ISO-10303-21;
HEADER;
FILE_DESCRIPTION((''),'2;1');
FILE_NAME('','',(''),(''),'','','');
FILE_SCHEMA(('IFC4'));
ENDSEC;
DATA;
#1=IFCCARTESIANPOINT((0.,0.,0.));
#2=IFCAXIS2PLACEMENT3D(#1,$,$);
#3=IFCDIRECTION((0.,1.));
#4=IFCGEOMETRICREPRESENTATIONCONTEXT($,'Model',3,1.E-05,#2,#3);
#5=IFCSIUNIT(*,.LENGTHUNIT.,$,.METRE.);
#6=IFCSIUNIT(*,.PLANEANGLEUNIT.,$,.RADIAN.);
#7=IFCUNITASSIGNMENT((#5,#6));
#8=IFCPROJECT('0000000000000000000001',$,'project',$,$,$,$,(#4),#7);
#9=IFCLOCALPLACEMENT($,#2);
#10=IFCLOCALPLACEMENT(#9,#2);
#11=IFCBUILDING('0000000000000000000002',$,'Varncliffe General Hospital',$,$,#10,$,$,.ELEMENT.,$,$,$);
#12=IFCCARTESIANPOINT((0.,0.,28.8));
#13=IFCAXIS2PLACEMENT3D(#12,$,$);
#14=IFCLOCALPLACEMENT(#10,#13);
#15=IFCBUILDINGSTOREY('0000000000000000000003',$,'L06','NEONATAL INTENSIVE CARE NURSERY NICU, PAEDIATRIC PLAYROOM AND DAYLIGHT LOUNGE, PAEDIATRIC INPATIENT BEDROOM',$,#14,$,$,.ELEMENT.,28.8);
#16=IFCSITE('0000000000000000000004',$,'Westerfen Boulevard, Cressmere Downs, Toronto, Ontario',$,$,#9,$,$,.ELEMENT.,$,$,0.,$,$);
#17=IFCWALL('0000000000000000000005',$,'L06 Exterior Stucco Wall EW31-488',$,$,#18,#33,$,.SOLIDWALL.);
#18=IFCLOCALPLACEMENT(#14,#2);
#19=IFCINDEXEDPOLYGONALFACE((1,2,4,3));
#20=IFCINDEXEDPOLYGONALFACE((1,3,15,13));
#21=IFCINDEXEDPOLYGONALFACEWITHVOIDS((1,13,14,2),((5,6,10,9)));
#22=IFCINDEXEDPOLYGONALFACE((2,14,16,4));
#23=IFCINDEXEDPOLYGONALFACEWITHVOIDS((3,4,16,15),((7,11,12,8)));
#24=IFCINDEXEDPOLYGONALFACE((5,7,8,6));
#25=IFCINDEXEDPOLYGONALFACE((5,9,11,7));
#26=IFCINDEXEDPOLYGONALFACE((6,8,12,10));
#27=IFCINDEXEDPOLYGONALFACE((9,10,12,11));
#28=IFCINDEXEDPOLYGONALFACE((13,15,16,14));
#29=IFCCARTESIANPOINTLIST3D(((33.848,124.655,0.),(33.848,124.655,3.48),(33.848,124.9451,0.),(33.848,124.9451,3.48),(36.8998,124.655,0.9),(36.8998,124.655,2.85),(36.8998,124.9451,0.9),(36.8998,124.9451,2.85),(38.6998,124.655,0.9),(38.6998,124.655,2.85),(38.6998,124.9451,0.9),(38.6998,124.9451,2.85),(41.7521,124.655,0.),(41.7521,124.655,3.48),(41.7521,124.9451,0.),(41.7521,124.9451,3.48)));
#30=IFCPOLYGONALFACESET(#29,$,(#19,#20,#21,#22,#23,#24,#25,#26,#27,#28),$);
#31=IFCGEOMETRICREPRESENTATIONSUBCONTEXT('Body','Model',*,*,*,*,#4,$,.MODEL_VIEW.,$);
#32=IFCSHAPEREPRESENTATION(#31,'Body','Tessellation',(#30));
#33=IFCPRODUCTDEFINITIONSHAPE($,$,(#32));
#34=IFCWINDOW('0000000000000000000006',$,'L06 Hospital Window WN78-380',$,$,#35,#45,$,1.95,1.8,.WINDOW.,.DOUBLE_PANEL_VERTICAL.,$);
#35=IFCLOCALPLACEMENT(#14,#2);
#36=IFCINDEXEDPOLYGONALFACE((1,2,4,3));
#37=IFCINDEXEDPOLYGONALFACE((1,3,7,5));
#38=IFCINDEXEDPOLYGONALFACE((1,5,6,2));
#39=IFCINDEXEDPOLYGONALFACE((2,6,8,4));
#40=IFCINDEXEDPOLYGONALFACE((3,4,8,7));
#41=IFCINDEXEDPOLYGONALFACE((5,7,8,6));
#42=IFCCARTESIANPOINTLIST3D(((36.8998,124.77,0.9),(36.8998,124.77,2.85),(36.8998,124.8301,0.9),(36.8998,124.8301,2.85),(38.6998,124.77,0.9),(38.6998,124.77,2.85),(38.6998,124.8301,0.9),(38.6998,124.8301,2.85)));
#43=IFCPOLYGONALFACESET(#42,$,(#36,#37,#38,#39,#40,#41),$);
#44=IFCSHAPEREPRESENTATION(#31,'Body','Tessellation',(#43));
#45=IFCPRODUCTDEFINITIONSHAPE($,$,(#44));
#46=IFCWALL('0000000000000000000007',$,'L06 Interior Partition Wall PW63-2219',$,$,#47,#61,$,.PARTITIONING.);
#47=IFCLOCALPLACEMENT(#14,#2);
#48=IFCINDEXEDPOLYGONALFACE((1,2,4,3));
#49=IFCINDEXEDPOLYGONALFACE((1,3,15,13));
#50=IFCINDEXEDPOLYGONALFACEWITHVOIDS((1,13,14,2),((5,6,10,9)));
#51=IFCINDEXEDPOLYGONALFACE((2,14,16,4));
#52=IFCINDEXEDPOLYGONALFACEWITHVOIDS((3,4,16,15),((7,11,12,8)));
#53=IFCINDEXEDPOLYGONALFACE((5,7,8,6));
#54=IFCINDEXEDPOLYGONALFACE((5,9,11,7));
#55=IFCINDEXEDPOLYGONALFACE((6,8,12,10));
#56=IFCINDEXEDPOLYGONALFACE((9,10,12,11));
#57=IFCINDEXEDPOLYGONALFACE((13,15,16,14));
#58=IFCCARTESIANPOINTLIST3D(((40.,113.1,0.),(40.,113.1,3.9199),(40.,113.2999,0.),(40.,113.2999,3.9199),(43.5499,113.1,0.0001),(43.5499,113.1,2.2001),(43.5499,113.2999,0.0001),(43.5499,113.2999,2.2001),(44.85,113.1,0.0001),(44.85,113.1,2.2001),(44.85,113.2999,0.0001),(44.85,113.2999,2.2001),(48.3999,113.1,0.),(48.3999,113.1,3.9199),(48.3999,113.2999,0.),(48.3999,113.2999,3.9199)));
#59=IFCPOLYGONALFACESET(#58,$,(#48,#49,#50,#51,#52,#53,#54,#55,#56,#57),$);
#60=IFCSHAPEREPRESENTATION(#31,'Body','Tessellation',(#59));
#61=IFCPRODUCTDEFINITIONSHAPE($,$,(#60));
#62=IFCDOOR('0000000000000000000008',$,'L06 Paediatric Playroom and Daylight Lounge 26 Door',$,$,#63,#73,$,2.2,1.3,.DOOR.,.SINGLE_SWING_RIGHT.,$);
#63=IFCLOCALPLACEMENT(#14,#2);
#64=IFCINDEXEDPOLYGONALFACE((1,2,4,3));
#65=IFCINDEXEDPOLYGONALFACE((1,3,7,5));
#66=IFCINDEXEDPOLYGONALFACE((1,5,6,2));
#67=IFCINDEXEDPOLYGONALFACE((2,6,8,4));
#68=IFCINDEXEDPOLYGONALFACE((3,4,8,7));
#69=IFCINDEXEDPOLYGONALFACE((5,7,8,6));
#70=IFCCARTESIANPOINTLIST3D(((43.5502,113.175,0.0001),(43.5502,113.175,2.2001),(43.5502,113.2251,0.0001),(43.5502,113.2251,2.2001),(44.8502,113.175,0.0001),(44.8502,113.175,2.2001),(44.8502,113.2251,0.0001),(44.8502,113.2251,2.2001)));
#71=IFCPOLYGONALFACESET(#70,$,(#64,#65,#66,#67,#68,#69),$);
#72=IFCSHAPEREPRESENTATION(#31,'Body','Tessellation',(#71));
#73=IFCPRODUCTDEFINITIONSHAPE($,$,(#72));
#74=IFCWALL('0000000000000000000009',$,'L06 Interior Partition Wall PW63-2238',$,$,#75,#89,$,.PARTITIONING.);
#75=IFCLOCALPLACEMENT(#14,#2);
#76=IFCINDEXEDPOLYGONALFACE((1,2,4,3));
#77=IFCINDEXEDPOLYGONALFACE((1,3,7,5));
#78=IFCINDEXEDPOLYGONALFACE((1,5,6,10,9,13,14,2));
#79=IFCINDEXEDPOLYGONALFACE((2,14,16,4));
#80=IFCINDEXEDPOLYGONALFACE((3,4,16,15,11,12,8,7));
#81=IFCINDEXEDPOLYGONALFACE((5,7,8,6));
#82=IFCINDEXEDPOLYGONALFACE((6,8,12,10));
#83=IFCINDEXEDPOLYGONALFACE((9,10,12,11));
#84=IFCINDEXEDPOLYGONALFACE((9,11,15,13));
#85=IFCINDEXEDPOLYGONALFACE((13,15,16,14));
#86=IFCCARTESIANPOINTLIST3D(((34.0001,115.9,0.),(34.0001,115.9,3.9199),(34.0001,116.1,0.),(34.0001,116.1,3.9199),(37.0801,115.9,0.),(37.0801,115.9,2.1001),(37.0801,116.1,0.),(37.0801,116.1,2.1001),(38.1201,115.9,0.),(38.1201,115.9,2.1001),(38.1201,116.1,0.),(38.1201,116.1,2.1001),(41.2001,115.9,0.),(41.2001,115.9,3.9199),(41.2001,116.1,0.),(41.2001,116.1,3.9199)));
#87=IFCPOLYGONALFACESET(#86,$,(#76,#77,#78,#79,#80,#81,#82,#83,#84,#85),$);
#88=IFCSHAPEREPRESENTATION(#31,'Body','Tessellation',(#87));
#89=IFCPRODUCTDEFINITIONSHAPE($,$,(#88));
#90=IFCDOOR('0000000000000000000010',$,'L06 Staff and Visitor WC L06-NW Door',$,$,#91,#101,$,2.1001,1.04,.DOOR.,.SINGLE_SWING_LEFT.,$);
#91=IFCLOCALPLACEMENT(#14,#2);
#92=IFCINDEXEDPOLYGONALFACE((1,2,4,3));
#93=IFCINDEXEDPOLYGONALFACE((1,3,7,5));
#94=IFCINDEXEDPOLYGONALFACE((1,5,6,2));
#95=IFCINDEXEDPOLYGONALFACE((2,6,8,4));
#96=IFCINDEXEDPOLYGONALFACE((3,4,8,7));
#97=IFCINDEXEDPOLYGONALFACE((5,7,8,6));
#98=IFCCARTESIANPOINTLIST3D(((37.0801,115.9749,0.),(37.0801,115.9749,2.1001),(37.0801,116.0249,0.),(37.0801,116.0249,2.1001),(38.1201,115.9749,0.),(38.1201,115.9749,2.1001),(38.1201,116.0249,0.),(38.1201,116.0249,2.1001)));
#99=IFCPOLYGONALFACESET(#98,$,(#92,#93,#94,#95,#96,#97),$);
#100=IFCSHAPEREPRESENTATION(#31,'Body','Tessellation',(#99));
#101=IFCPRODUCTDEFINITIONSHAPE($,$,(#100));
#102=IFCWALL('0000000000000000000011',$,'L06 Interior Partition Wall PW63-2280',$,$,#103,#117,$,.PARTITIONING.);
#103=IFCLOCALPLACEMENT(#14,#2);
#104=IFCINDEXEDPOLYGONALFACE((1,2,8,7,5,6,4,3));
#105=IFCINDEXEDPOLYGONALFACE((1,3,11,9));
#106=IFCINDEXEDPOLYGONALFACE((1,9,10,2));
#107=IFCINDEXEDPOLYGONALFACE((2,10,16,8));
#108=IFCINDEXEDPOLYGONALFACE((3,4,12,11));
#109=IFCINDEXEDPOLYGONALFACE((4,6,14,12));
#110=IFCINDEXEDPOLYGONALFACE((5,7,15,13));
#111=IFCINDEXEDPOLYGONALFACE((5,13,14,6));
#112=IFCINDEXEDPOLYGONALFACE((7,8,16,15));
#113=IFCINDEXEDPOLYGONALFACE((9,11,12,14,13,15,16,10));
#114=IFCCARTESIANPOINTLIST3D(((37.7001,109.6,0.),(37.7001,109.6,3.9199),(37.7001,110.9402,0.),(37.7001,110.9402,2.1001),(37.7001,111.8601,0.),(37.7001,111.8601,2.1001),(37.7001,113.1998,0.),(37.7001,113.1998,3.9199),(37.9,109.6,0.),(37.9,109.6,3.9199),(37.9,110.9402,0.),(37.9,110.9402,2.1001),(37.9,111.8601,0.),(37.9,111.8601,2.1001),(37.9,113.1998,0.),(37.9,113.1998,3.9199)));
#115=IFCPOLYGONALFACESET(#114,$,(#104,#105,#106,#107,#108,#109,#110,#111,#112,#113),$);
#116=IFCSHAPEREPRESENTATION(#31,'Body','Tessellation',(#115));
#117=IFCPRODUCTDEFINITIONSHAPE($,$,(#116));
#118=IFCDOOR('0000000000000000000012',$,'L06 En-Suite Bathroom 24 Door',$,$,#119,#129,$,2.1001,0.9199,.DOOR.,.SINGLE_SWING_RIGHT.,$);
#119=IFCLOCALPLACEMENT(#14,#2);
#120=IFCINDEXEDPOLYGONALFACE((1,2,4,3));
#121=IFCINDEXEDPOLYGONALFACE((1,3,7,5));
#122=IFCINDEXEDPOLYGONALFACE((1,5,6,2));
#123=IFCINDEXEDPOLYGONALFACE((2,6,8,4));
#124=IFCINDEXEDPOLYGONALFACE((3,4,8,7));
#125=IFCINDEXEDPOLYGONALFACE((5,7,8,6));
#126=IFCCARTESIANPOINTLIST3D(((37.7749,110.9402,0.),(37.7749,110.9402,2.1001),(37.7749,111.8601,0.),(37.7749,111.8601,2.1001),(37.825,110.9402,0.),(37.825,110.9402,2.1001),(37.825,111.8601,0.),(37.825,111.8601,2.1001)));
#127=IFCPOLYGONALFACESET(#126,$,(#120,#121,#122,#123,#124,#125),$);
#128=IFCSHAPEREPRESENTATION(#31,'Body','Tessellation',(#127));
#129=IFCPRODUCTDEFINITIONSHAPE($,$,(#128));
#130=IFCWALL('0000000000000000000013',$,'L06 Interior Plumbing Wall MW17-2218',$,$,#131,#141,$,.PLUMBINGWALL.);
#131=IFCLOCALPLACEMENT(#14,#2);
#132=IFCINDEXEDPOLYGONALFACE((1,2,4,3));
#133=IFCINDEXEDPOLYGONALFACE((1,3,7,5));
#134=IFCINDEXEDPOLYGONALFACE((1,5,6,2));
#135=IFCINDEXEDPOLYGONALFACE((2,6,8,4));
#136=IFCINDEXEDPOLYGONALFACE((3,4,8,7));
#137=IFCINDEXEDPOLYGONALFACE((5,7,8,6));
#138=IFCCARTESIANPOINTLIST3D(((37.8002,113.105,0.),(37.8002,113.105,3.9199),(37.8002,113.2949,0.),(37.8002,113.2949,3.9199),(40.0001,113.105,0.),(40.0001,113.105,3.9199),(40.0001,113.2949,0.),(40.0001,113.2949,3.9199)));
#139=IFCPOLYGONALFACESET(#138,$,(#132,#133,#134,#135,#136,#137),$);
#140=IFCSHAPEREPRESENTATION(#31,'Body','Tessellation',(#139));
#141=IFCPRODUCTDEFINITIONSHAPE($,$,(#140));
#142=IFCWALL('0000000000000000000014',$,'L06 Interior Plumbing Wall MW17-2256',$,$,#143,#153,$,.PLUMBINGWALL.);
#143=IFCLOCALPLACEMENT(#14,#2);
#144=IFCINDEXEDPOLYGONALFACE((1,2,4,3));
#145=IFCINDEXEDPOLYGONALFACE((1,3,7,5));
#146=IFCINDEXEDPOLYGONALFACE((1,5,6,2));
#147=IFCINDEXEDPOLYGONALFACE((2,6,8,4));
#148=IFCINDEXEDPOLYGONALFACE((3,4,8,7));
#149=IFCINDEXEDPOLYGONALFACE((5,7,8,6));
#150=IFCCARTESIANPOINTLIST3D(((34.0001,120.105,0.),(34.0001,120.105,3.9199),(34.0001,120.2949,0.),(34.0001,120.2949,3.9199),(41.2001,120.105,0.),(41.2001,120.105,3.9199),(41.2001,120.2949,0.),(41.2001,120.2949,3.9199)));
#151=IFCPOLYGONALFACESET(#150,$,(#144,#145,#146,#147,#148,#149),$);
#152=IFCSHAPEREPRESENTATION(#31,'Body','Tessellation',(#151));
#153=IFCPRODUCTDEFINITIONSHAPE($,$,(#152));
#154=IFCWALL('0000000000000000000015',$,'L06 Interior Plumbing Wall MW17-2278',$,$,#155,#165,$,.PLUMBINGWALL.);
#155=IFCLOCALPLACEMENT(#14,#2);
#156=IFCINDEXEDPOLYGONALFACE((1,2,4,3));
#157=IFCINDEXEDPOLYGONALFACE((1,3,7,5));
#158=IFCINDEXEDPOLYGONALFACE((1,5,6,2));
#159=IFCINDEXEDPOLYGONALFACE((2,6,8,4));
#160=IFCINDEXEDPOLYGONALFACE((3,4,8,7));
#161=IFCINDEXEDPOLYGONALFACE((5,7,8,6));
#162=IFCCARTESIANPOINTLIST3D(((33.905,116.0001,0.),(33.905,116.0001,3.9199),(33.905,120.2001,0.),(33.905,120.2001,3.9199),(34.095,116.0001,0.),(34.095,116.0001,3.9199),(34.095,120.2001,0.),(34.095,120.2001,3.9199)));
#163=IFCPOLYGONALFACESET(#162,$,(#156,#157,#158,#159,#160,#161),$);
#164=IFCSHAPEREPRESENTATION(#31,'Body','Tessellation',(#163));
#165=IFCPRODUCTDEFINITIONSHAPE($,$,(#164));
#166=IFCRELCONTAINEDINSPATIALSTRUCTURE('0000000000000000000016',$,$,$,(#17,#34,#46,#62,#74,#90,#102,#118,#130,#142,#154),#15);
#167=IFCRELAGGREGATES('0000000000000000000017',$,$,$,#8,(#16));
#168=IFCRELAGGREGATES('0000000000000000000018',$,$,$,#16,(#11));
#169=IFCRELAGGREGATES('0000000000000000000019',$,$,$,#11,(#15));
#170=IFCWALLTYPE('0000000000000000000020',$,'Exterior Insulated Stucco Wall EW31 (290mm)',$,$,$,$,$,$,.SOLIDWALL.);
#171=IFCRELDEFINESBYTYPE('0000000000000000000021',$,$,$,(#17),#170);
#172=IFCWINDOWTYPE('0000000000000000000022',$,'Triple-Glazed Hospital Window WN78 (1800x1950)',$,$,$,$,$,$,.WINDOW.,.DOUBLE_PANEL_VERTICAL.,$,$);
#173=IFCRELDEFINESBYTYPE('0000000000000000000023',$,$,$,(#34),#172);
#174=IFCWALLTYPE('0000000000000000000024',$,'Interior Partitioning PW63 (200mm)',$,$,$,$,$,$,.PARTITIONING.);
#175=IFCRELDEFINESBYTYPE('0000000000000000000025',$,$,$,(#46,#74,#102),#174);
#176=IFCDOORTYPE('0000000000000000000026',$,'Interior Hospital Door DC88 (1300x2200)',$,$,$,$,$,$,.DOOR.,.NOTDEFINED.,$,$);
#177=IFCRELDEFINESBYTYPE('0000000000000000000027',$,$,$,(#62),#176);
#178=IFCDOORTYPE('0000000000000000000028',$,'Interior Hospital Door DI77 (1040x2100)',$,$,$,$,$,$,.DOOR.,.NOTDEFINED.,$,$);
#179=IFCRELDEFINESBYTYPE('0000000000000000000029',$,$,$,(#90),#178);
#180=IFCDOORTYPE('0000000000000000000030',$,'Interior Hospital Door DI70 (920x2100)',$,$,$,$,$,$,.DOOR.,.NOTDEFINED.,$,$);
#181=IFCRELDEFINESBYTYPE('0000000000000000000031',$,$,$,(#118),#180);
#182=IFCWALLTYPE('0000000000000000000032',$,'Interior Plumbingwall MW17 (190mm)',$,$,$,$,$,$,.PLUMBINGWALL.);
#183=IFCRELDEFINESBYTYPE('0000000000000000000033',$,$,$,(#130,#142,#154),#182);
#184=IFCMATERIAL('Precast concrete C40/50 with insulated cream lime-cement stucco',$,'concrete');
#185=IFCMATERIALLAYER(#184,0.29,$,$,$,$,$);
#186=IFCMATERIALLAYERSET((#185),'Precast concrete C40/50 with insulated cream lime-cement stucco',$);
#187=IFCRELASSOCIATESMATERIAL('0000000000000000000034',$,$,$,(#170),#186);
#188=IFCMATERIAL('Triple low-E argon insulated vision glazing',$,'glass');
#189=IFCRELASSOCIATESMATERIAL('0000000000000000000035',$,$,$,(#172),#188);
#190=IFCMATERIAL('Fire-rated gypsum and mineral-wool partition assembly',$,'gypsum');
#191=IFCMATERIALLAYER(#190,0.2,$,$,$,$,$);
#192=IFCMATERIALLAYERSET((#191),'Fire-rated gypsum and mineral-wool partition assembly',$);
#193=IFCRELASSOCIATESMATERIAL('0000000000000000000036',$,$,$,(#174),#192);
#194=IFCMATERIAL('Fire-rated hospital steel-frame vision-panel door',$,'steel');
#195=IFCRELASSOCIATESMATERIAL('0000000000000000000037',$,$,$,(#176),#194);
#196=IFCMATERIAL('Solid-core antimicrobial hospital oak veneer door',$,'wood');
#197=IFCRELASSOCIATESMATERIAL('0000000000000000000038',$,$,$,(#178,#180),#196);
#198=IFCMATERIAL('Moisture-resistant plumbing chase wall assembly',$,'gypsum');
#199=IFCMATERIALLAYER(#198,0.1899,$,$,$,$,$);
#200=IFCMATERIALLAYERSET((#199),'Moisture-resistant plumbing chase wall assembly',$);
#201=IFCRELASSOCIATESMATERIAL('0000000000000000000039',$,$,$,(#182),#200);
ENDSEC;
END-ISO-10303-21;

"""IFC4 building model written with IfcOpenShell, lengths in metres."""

from ifc_helpers import new_model, si_unit, direction, frame, frame_2d, origin, place, context, subcontext, project, spatial, rectangle, extrude, material, layer, layer_set, type_object, element, fill, save


model = new_model("IFC4")

# Units and contexts
model_context = context("Model", 3, precision=1e-05, world=origin(), true_north=direction((0.0, 1.0)))
body_context = subcontext(model_context, "Body", "Model", "MODEL_VIEW")
ifc_project = project(units=[si_unit("LENGTHUNIT", "METRE"), si_unit("PLANEANGLEUNIT", "RADIAN")], contexts=[model_context])

# Site, building, storey
site_placement = place(None, origin())
site = spatial("IfcSite", under=ifc_project, at=site_placement, Name="Westerfen Boulevard, Cressmere Downs, Toronto, Ontario", CompositionType="ELEMENT", RefElevation=0.0)
building_placement = place(site_placement, origin())
building = spatial("IfcBuilding", under=site, at=building_placement, Name="Varncliffe General Hospital", CompositionType="ELEMENT")
storey_placement = place(building_placement, frame((0.0, 0.0, 28.8)))
storey = spatial("IfcBuildingStorey", under=building, at=storey_placement, Name="L06", Description="NEONATAL INTENSIVE CARE NURSERY NICU, PAEDIATRIC PLAYROOM AND DAYLIGHT LOUNGE, PAEDIATRIC INPATIENT BEDROOM", CompositionType="ELEMENT", Elevation=28.8)

# Wall, opening, window
ifc_material_1 = material(Name="Precast concrete C40/50 with insulated cream lime-cement stucco", Category="concrete")
ifc_material_2 = material(Name="Triple low-E argon insulated vision glazing", Category="glass")
ifc_layer_1 = layer(ifc_material_1, 0.29)
ifc_layer_set_1 = layer_set([ifc_layer_1], Name="Precast concrete C40/50 with insulated cream lime-cement stucco")
wall_type_1 = type_object("IfcWallType", Name="Exterior Insulated Stucco Wall EW31 (290mm)", PredefinedType="SOLIDWALL", material=ifc_layer_set_1)
wall_1_placement = place(storey_placement, frame((33.8479, 124.8, 0.0), z_axis=(0.0, 0.0, 1.0), x_axis=(1.0, 0.0, 0.0)))
wall_1 = element("IfcWall", 1, at=wall_1_placement, inside=storey, type_object=wall_type_1, Name="L06 Exterior Stucco Wall EW31-488", PredefinedType="SOLIDWALL", context=body_context, shape_type="SweptSolid", body=[
    extrude(rectangle(XDim=7.9041, YDim=0.29, at=frame_2d((3.9521, 0.0))), origin(), (0.0, 0.0, 1.0), 3.48),
])
opening_1_placement = place(wall_1_placement, frame((3.052, 0.0, 0.8999)))
opening_1 = element("IfcOpeningElement", 2, at=opening_1_placement, cuts=wall_1, PredefinedType="OPENING", context=body_context, shape_type="SweptSolid", body=[
    extrude(rectangle(XDim=1.8, YDim=1.95, at=frame_2d((0.8999, 0.9751))), frame((0.0, 0.155, 0.0), z_axis=(0.0, -1.0, 0.0), x_axis=(1.0, 0.0, 0.0)), (0.0, 0.0, 1.0), 0.3101),
])
window_type_1 = type_object("IfcWindowType", Name="Triple-Glazed Hospital Window WN78 (1800x1950)", PartitioningType="DOUBLE_PANEL_VERTICAL", PredefinedType="WINDOW", material=ifc_material_2)
window_1_placement = place(opening_1_placement, origin())
window_1 = element("IfcWindow", 3, at=window_1_placement, inside=storey, type_object=window_type_1, Name="L06 Hospital Window WN78-380", OverallHeight=1.95, OverallWidth=1.8, PartitioningType="DOUBLE_PANEL_VERTICAL", PredefinedType="WINDOW", context=body_context, shape_type="SweptSolid", body=[
    extrude(rectangle(XDim=1.8, YDim=1.95, at=frame_2d((0.8999, 0.9751))), frame((0.0, 0.03, 0.0), z_axis=(0.0, -1.0, 0.0), x_axis=(1.0, 0.0, 0.0)), (0.0, 0.0, 1.0), 0.0601),
])
fill(opening_1, window_1)

# Walls, openings, doors
ifc_material_3 = material(Name="Fire-rated gypsum and mineral-wool partition assembly", Category="gypsum")
ifc_layer_2 = layer(ifc_material_3, 0.2)
ifc_layer_set_2 = layer_set([ifc_layer_2], Name="Fire-rated gypsum and mineral-wool partition assembly")
wall_type_2 = type_object("IfcWallType", Name="Interior Partitioning PW63 (200mm)", PredefinedType="PARTITIONING", material=ifc_layer_set_2)
wall_2_placement = place(storey_placement, frame((40.0, 113.2, 0.0), z_axis=(0.0, 0.0, 1.0), x_axis=(1.0, 0.0, 0.0)))
wall_2 = element("IfcWall", 4, at=wall_2_placement, inside=storey, type_object=wall_type_2, Name="L06 Interior Partition Wall PW63-2219", PredefinedType="PARTITIONING", context=body_context, shape_type="SweptSolid", body=[
    extrude(rectangle(XDim=8.3999, YDim=0.2, at=frame_2d((4.2, 0.0))), origin(), (0.0, 0.0, 1.0), 3.9199),
])
opening_2_placement = place(wall_2_placement, frame((3.55, 0.0, 0.0)))
opening_2 = element("IfcOpeningElement", 5, at=opening_2_placement, cuts=wall_2, PredefinedType="OPENING", context=body_context, shape_type="SweptSolid", body=[
    extrude(rectangle(XDim=1.3, YDim=2.2, at=frame_2d((0.6499, 1.1001))), frame((0.0, 0.1099, 0.0), z_axis=(0.0, -1.0, 0.0), x_axis=(1.0, 0.0, 0.0)), (0.0, 0.0, 1.0), 0.22),
])
ifc_material_4 = material(Name="Fire-rated hospital steel-frame vision-panel door", Category="steel")
door_type_1 = type_object("IfcDoorType", Name="Interior Hospital Door DC88 (1300x2200)", OperationType="NOTDEFINED", PredefinedType="DOOR", material=ifc_material_4)
door_1_placement = place(opening_2_placement, frame((1.3, 0.0, 0.0), z_axis=(0.0, 0.0, 1.0), x_axis=(-1.0, 0.0, 0.0)))
door_1 = element("IfcDoor", 6, at=door_1_placement, inside=storey, type_object=door_type_1, Name="L06 Paediatric Playroom and Daylight Lounge 26 Door", OperationType="SINGLE_SWING_RIGHT", OverallHeight=2.2, OverallWidth=1.3, PredefinedType="DOOR", context=body_context, shape_type="SweptSolid", body=[
    extrude(rectangle(XDim=1.3, YDim=2.2, at=frame_2d((0.6499, 1.1001))), frame((0.0, 0.0249, 0.0), z_axis=(0.0, -1.0, 0.0), x_axis=(1.0, 0.0, 0.0)), (0.0, 0.0, 1.0), 0.05),
])
fill(opening_2, door_1)
wall_3_placement = place(storey_placement, frame((34.0, 116.0, 0.0), z_axis=(0.0, 0.0, 1.0), x_axis=(1.0, 0.0, 0.0)))
wall_3 = element("IfcWall", 7, at=wall_3_placement, inside=storey, type_object=wall_type_2, Name="L06 Interior Partition Wall PW63-2238", PredefinedType="PARTITIONING", context=body_context, shape_type="SweptSolid", body=[
    extrude(rectangle(XDim=7.2, YDim=0.2, at=frame_2d((3.6001, 0.0))), origin(), (0.0, 0.0, 1.0), 3.9199),
])
opening_3_placement = place(wall_3_placement, frame((3.0801, 0.0, 0.0)))
opening_3 = element("IfcOpeningElement", 8, at=opening_3_placement, cuts=wall_3, PredefinedType="OPENING", context=body_context, shape_type="SweptSolid", body=[
    extrude(rectangle(XDim=1.04, YDim=2.1001, at=frame_2d((0.52, 1.05))), frame((0.0, 0.1099, 0.0), z_axis=(0.0, -1.0, 0.0), x_axis=(1.0, 0.0, 0.0)), (0.0, 0.0, 1.0), 0.22),
])
ifc_material_5 = material(Name="Solid-core antimicrobial hospital oak veneer door", Category="wood")
door_type_2 = type_object("IfcDoorType", Name="Interior Hospital Door DI77 (1040x2100)", OperationType="NOTDEFINED", PredefinedType="DOOR", material=ifc_material_5)
door_2_placement = place(opening_3_placement, origin())
door_2 = element("IfcDoor", 9, at=door_2_placement, inside=storey, type_object=door_type_2, Name="L06 Staff and Visitor WC L06-NW Door", OperationType="SINGLE_SWING_LEFT", OverallHeight=2.1001, OverallWidth=1.04, PredefinedType="DOOR", context=body_context, shape_type="SweptSolid", body=[
    extrude(rectangle(XDim=1.04, YDim=2.1001, at=frame_2d((0.52, 1.05))), frame((0.0, 0.0249, 0.0), z_axis=(0.0, -1.0, 0.0), x_axis=(1.0, 0.0, 0.0)), (0.0, 0.0, 1.0), 0.05),
])
fill(opening_3, door_2)
wall_4_placement = place(storey_placement, frame((37.8, 109.6001, 0.0), z_axis=(0.0, 0.0, 1.0), x_axis=(0.0, 1.0, 0.0)))
wall_4 = element("IfcWall", 10, at=wall_4_placement, inside=storey, type_object=wall_type_2, Name="L06 Interior Partition Wall PW63-2280", PredefinedType="PARTITIONING", context=body_context, shape_type="SweptSolid", body=[
    extrude(rectangle(XDim=3.5999, YDim=0.2, at=frame_2d((1.7998, 0.0))), origin(), (0.0, 0.0, 1.0), 3.9199),
])
opening_4_placement = place(wall_4_placement, frame((1.3401, 0.0, 0.0)))
opening_4 = element("IfcOpeningElement", 11, at=opening_4_placement, cuts=wall_4, PredefinedType="OPENING", context=body_context, shape_type="SweptSolid", body=[
    extrude(rectangle(XDim=0.9199, YDim=2.1001, at=frame_2d((0.46, 1.05))), frame((0.0, 0.1099, 0.0), z_axis=(0.0, -1.0, 0.0), x_axis=(1.0, 0.0, 0.0)), (0.0, 0.0, 1.0), 0.22),
])
door_type_3 = type_object("IfcDoorType", Name="Interior Hospital Door DI70 (920x2100)", OperationType="NOTDEFINED", PredefinedType="DOOR", material=ifc_material_5)
door_3_placement = place(opening_4_placement, frame((0.9199, 0.0, 0.0), z_axis=(0.0, 0.0, 1.0), x_axis=(-1.0, 0.0, 0.0)))
door_3 = element("IfcDoor", 12, at=door_3_placement, inside=storey, type_object=door_type_3, Name="L06 En-Suite Bathroom 24 Door", OperationType="SINGLE_SWING_RIGHT", OverallHeight=2.1001, OverallWidth=0.9199, PredefinedType="DOOR", context=body_context, shape_type="SweptSolid", body=[
    extrude(rectangle(XDim=0.9199, YDim=2.1001, at=frame_2d((0.46, 1.05))), frame((0.0, 0.0249, 0.0), z_axis=(0.0, -1.0, 0.0), x_axis=(1.0, 0.0, 0.0)), (0.0, 0.0, 1.0), 0.05),
])
fill(opening_4, door_3)

# Walls
ifc_material_6 = material(Name="Moisture-resistant plumbing chase wall assembly", Category="gypsum")
ifc_layer_3 = layer(ifc_material_6, 0.1899)
ifc_layer_set_3 = layer_set([ifc_layer_3], Name="Moisture-resistant plumbing chase wall assembly")
wall_type_3 = type_object("IfcWallType", Name="Interior Plumbingwall MW17 (190mm)", PredefinedType="PLUMBINGWALL", material=ifc_layer_set_3)
wall_5_placement = place(storey_placement, frame((37.8, 113.2, 0.0), z_axis=(0.0, 0.0, 1.0), x_axis=(1.0, 0.0, 0.0)))
element("IfcWall", 13, at=wall_5_placement, inside=storey, type_object=wall_type_3, Name="L06 Interior Plumbing Wall MW17-2218", PredefinedType="PLUMBINGWALL", context=body_context, shape_type="SweptSolid", body=[
    extrude(rectangle(XDim=2.2, YDim=0.1899, at=frame_2d((1.1001, 0.0))), origin(), (0.0, 0.0, 1.0), 3.9199),
])
wall_6_placement = place(storey_placement, frame((34.0, 120.2, 0.0), z_axis=(0.0, 0.0, 1.0), x_axis=(1.0, 0.0, 0.0)))
element("IfcWall", 14, at=wall_6_placement, inside=storey, type_object=wall_type_3, Name="L06 Interior Plumbing Wall MW17-2256", PredefinedType="PLUMBINGWALL", context=body_context, shape_type="SweptSolid", body=[
    extrude(rectangle(XDim=7.2, YDim=0.1899, at=frame_2d((3.6001, 0.0))), origin(), (0.0, 0.0, 1.0), 3.9199),
])
wall_7_placement = place(storey_placement, frame((34.0, 116.0, 0.0), z_axis=(0.0, 0.0, 1.0), x_axis=(0.0, 1.0, 0.0)))
element("IfcWall", 15, at=wall_7_placement, inside=storey, type_object=wall_type_3, Name="L06 Interior Plumbing Wall MW17-2278", PredefinedType="PLUMBINGWALL", context=body_context, shape_type="SweptSolid", body=[
    extrude(rectangle(XDim=4.2, YDim=0.1899, at=frame_2d((2.1001, 0.0))), origin(), (0.0, 0.0, 1.0), 3.9199),
])

save(model, "model.ifc")
